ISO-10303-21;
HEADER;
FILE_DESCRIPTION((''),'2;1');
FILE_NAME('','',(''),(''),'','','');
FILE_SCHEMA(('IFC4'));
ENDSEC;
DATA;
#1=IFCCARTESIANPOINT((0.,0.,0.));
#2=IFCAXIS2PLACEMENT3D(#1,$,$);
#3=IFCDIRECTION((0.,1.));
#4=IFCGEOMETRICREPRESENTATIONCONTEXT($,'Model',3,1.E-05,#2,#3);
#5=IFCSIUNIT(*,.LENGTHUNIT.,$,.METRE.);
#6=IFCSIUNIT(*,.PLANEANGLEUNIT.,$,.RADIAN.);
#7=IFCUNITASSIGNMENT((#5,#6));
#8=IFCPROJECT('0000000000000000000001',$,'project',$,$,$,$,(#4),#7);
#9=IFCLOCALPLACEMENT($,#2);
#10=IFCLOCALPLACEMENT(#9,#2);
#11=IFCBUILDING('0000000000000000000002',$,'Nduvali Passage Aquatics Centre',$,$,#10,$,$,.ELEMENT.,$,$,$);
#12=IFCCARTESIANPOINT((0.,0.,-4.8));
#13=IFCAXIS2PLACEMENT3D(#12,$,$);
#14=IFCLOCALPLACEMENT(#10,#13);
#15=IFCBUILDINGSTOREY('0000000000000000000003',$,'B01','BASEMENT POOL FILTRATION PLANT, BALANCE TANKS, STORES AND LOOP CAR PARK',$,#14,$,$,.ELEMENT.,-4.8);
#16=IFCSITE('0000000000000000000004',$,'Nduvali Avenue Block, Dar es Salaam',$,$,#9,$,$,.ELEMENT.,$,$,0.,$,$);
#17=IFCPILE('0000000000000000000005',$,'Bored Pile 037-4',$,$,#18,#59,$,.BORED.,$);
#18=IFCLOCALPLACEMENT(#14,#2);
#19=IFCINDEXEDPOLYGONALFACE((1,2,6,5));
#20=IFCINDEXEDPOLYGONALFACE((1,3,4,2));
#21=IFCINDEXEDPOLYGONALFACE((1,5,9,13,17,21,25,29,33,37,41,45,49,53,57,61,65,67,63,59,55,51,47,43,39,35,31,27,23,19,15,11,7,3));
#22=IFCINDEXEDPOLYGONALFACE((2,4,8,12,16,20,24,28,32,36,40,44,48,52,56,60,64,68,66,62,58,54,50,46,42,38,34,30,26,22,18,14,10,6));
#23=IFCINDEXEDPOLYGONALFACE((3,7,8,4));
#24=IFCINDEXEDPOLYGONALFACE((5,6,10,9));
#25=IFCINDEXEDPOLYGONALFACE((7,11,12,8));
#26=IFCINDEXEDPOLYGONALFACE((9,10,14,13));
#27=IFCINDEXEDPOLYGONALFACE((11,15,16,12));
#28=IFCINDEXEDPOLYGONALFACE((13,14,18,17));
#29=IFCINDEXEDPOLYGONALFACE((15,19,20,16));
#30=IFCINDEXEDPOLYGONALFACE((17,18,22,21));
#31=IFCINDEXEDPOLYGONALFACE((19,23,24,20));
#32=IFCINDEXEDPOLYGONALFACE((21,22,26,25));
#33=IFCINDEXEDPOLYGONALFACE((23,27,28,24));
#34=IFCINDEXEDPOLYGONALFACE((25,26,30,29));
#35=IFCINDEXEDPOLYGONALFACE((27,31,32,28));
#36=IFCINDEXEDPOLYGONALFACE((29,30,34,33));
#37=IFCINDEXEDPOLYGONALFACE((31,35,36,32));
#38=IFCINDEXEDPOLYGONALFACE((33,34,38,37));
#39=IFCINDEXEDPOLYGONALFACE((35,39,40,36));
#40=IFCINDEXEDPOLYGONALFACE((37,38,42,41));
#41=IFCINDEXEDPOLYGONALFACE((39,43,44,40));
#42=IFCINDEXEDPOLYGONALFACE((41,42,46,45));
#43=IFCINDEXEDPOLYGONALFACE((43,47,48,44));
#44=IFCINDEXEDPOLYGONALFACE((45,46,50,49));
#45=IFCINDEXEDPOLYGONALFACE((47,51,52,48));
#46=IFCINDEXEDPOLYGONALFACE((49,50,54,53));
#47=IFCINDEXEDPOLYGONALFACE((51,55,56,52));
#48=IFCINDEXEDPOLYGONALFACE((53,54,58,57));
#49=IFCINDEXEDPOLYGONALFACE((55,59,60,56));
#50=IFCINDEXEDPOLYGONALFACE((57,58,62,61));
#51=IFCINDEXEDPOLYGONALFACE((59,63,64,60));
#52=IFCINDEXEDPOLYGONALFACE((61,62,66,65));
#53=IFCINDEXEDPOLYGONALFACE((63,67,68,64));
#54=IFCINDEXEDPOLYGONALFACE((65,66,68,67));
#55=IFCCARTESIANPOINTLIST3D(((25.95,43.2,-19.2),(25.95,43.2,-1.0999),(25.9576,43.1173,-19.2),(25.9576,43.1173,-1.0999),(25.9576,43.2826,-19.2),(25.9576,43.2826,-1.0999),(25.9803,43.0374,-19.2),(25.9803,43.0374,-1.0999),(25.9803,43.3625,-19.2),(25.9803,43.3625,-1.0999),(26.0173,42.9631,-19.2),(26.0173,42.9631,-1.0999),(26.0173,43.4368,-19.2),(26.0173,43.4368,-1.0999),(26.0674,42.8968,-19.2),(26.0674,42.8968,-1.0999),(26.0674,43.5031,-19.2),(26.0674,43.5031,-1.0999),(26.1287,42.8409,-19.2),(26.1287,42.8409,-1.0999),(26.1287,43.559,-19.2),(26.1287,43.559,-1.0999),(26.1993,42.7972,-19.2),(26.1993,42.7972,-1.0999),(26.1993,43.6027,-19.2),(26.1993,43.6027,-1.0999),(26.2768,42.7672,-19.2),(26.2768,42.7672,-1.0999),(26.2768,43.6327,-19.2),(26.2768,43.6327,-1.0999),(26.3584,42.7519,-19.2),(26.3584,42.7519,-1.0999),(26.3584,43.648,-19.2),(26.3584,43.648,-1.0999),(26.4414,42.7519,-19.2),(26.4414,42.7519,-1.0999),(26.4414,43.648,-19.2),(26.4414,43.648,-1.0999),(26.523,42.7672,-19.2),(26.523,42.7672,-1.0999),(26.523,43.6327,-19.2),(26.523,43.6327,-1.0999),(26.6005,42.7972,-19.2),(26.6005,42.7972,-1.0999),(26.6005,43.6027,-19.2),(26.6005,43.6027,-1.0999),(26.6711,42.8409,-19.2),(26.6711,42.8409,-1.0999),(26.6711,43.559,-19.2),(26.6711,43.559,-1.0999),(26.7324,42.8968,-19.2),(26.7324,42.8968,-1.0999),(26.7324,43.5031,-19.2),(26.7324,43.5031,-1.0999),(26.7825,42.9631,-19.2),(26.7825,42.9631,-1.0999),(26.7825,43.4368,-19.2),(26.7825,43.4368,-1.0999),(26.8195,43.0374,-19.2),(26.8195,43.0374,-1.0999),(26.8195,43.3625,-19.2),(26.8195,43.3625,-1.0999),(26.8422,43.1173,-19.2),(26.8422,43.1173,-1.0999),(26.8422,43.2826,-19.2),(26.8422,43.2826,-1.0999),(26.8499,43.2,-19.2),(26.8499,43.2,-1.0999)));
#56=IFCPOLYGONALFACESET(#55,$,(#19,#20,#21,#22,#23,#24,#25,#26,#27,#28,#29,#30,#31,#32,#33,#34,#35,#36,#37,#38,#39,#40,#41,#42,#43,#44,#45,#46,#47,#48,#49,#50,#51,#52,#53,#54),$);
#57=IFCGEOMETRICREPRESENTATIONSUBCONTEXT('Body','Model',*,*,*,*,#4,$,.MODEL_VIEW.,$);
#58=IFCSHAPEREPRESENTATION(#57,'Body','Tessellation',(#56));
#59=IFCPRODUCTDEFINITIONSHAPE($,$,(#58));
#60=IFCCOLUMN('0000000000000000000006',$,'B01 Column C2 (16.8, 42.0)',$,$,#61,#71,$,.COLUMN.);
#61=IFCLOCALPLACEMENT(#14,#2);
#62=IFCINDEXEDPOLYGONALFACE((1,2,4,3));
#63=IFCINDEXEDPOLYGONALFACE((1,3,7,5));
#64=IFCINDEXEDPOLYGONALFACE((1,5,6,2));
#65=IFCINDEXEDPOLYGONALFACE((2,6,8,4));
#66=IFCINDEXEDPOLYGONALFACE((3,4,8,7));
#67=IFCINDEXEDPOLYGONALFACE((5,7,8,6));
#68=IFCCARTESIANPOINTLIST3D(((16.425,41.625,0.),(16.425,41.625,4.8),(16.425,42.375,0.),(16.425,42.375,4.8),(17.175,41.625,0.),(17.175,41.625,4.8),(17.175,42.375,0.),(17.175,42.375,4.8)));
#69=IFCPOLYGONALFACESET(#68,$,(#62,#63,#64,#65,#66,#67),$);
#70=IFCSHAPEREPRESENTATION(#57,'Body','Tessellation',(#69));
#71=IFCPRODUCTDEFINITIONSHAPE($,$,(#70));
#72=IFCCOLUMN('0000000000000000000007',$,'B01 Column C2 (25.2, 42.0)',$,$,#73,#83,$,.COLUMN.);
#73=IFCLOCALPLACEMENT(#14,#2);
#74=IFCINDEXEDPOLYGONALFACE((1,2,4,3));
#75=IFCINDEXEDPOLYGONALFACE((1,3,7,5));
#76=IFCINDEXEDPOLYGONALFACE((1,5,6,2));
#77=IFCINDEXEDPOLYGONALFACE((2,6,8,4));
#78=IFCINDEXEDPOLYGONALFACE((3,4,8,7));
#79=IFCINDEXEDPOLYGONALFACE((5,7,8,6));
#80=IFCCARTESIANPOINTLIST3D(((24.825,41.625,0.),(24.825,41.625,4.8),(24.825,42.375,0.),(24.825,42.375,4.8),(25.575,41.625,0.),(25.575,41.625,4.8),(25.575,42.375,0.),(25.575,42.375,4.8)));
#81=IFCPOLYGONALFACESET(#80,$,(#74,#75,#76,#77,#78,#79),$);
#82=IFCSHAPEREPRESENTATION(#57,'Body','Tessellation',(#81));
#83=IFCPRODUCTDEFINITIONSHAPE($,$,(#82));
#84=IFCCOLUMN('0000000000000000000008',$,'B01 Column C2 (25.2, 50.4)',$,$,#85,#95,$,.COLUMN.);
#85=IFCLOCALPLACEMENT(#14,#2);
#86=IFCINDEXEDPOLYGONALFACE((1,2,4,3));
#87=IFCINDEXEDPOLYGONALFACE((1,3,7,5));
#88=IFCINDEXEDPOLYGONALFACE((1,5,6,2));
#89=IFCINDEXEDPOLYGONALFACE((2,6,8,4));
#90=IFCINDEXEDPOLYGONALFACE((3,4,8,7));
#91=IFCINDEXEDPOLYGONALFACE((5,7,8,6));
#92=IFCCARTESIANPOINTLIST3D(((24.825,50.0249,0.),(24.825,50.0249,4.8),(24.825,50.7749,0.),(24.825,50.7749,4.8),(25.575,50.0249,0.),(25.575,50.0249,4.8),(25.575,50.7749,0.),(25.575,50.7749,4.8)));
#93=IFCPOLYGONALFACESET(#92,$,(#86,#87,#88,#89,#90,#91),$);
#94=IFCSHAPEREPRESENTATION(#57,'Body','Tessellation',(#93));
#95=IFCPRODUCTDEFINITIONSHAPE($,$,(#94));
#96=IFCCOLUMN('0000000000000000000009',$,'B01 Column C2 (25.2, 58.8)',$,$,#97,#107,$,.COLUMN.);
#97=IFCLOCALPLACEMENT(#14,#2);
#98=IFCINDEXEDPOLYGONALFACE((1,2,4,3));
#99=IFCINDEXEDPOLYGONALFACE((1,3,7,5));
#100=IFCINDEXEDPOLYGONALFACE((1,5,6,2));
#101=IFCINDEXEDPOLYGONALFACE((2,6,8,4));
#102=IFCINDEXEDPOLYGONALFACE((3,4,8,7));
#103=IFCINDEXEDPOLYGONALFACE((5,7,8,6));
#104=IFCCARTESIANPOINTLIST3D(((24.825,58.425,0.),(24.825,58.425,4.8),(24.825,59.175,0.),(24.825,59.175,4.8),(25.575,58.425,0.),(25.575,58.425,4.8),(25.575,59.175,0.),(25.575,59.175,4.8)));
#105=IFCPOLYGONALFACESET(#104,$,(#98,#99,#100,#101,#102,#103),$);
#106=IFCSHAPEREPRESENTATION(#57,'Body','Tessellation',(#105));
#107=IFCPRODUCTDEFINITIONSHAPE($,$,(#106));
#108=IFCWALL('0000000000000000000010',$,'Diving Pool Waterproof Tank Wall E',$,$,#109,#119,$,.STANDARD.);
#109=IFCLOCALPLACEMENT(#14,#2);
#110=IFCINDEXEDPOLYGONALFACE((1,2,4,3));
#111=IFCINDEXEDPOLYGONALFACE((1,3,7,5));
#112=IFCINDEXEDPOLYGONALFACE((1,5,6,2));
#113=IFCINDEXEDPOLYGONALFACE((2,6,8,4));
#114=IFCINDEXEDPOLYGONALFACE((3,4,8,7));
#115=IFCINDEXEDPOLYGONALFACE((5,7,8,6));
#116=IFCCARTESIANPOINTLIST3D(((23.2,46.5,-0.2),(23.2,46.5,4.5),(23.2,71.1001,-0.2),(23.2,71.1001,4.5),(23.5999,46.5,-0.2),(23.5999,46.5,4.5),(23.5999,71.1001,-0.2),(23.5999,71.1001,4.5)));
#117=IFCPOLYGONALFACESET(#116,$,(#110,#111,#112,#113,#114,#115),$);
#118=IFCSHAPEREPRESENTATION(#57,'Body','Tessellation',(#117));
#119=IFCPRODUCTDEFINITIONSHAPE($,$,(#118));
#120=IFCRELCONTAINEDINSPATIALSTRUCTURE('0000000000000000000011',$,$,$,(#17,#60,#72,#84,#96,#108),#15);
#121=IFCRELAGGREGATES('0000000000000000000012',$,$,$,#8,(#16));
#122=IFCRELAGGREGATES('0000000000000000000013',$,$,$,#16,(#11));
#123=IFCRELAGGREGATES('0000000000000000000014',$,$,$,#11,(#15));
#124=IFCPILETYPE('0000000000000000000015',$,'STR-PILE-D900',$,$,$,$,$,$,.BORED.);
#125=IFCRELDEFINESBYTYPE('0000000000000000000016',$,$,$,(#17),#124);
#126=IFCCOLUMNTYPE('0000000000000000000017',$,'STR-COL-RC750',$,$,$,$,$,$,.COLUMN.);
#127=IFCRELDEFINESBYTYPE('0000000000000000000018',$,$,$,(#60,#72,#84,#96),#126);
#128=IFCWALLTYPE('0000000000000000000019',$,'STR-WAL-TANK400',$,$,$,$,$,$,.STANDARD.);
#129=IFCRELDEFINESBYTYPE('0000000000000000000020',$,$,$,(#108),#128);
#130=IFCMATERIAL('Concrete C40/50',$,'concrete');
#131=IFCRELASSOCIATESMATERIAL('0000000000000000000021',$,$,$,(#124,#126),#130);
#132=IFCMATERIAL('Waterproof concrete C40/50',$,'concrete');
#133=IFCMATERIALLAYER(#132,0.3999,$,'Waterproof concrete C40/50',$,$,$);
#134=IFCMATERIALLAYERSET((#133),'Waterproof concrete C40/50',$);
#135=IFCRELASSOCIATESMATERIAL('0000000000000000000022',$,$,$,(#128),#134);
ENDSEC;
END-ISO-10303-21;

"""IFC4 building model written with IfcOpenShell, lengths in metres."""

from ifc_helpers import new_model, si_unit, direction, frame, frame_2d, origin, origin_2d, place, context, subcontext, project, spatial, rectangle, circle, extrude, material, layer, layer_set, material_profile, profile_set, type_object, element, save


model = new_model("IFC4")

# Units and contexts
model_context = context("Model", 3, precision=1e-05, world=origin(), true_north=direction((0.0, 1.0)))
body_context = subcontext(model_context, "Body", "Model", "MODEL_VIEW")
ifc_project = project(units=[si_unit("LENGTHUNIT", "METRE"), si_unit("PLANEANGLEUNIT", "RADIAN")], contexts=[model_context])

# Site, building, storey
site_placement = place(None, origin())
site = spatial("IfcSite", under=ifc_project, at=site_placement, Name="Nduvali Avenue Block, Dar es Salaam", CompositionType="ELEMENT", RefElevation=0.0)
building_placement = place(site_placement, origin())
building = spatial("IfcBuilding", under=site, at=building_placement, Name="Nduvali Passage Aquatics Centre", CompositionType="ELEMENT")
storey_placement = place(building_placement, frame((0.0, 0.0, -4.8)))
storey = spatial("IfcBuildingStorey", under=building, at=storey_placement, Name="B01", Description="BASEMENT POOL FILTRATION PLANT, BALANCE TANKS, STORES AND LOOP CAR PARK", CompositionType="ELEMENT", Elevation=-4.8)

# Shared definitions
ifc_material_1 = material(Name="Concrete C40/50", Category="concrete")

# Pile
ifc_material_profile_1 = material_profile(ifc_material_1, circle(Radius=0.45, at=origin_2d()), Name="PILE D900")
ifc_profile_set_1 = profile_set([ifc_material_profile_1], Name="Concrete C40/50")
pile_type_1 = type_object("IfcPileType", Name="STR-PILE-D900", PredefinedType="BORED", material=ifc_profile_set_1)
for number, where, z_axis, x_axis, name in (
    (1, (26.3999, 43.2, -1.0999), (0.0, 0.0, -1.0), (1.0, 0.0, 0.0), "Bored Pile 037-4"),
):
    element("IfcPile", number, at=place(storey_placement, frame(where, z_axis=z_axis, x_axis=x_axis)), inside=storey, type_object=pile_type_1, Name=name, PredefinedType="BORED", context=body_context, shape_type="SweptSolid", body=[
        extrude(circle(Radius=0.45, at=origin_2d()), origin(), (0.0, 0.0, 1.0), 18.1001),
    ])

# Columns
ifc_material_profile_2 = material_profile(ifc_material_1, rectangle(XDim=0.75, YDim=0.75, at=origin_2d()), Name="RC 750x750")
ifc_profile_set_2 = profile_set([ifc_material_profile_2], Name="Concrete C40/50")
column_type = type_object("IfcColumnType", Name="STR-COL-RC750", PredefinedType="COLUMN", material=ifc_profile_set_2)
for number, where, z_axis, x_axis, name in (
    (2, (16.8, 42.0, 0.0), (0.0, 0.0, 1.0), (1.0, 0.0, 0.0), "B01 Column C2 (16.8, 42.0)"),
    (3, (25.2, 42.0, 0.0), (0.0, 0.0, 1.0), (1.0, 0.0, 0.0), "B01 Column C2 (25.2, 42.0)"),
    (4, (25.2, 50.3999, 0.0), (0.0, 0.0, 1.0), (1.0, 0.0, 0.0), "B01 Column C2 (25.2, 50.4)"),
    (5, (25.2, 58.8, 0.0), (0.0, 0.0, 1.0), (1.0, 0.0, 0.0), "B01 Column C2 (25.2, 58.8)"),
):
    element("IfcColumn", number, at=place(storey_placement, frame(where, z_axis=z_axis, x_axis=x_axis)), inside=storey, type_object=column_type, Name=name, PredefinedType="COLUMN", context=body_context, shape_type="SweptSolid", body=[
        extrude(rectangle(XDim=0.75, YDim=0.75, at=origin_2d()), origin(), (0.0, 0.0, 1.0), 4.8),
    ])

# Wall
ifc_material_2 = material(Name="Waterproof concrete C40/50", Category="concrete")
ifc_layer = layer(ifc_material_2, 0.3999, Name="Waterproof concrete C40/50")
ifc_layer_set = layer_set([ifc_layer], Name="Waterproof concrete C40/50")
wall_type = type_object("IfcWallType", Name="STR-WAL-TANK400", PredefinedType="STANDARD", material=ifc_layer_set)
wall_placement = place(storey_placement, frame((23.3999, 46.5, -0.2), z_axis=(0.0, 0.0, 1.0), x_axis=(0.0, 1.0, 0.0)))
element("IfcWall", 6, at=wall_placement, inside=storey, type_object=wall_type, Name="Diving Pool Waterproof Tank Wall E", PredefinedType="STANDARD", context=body_context, shape_type="SweptSolid", body=[
    extrude(rectangle(XDim=24.6001, YDim=0.3999, at=frame_2d((12.3, 0.0))), origin(), (0.0, 0.0, 1.0), 4.7),
])

save(model, "model.ifc")
